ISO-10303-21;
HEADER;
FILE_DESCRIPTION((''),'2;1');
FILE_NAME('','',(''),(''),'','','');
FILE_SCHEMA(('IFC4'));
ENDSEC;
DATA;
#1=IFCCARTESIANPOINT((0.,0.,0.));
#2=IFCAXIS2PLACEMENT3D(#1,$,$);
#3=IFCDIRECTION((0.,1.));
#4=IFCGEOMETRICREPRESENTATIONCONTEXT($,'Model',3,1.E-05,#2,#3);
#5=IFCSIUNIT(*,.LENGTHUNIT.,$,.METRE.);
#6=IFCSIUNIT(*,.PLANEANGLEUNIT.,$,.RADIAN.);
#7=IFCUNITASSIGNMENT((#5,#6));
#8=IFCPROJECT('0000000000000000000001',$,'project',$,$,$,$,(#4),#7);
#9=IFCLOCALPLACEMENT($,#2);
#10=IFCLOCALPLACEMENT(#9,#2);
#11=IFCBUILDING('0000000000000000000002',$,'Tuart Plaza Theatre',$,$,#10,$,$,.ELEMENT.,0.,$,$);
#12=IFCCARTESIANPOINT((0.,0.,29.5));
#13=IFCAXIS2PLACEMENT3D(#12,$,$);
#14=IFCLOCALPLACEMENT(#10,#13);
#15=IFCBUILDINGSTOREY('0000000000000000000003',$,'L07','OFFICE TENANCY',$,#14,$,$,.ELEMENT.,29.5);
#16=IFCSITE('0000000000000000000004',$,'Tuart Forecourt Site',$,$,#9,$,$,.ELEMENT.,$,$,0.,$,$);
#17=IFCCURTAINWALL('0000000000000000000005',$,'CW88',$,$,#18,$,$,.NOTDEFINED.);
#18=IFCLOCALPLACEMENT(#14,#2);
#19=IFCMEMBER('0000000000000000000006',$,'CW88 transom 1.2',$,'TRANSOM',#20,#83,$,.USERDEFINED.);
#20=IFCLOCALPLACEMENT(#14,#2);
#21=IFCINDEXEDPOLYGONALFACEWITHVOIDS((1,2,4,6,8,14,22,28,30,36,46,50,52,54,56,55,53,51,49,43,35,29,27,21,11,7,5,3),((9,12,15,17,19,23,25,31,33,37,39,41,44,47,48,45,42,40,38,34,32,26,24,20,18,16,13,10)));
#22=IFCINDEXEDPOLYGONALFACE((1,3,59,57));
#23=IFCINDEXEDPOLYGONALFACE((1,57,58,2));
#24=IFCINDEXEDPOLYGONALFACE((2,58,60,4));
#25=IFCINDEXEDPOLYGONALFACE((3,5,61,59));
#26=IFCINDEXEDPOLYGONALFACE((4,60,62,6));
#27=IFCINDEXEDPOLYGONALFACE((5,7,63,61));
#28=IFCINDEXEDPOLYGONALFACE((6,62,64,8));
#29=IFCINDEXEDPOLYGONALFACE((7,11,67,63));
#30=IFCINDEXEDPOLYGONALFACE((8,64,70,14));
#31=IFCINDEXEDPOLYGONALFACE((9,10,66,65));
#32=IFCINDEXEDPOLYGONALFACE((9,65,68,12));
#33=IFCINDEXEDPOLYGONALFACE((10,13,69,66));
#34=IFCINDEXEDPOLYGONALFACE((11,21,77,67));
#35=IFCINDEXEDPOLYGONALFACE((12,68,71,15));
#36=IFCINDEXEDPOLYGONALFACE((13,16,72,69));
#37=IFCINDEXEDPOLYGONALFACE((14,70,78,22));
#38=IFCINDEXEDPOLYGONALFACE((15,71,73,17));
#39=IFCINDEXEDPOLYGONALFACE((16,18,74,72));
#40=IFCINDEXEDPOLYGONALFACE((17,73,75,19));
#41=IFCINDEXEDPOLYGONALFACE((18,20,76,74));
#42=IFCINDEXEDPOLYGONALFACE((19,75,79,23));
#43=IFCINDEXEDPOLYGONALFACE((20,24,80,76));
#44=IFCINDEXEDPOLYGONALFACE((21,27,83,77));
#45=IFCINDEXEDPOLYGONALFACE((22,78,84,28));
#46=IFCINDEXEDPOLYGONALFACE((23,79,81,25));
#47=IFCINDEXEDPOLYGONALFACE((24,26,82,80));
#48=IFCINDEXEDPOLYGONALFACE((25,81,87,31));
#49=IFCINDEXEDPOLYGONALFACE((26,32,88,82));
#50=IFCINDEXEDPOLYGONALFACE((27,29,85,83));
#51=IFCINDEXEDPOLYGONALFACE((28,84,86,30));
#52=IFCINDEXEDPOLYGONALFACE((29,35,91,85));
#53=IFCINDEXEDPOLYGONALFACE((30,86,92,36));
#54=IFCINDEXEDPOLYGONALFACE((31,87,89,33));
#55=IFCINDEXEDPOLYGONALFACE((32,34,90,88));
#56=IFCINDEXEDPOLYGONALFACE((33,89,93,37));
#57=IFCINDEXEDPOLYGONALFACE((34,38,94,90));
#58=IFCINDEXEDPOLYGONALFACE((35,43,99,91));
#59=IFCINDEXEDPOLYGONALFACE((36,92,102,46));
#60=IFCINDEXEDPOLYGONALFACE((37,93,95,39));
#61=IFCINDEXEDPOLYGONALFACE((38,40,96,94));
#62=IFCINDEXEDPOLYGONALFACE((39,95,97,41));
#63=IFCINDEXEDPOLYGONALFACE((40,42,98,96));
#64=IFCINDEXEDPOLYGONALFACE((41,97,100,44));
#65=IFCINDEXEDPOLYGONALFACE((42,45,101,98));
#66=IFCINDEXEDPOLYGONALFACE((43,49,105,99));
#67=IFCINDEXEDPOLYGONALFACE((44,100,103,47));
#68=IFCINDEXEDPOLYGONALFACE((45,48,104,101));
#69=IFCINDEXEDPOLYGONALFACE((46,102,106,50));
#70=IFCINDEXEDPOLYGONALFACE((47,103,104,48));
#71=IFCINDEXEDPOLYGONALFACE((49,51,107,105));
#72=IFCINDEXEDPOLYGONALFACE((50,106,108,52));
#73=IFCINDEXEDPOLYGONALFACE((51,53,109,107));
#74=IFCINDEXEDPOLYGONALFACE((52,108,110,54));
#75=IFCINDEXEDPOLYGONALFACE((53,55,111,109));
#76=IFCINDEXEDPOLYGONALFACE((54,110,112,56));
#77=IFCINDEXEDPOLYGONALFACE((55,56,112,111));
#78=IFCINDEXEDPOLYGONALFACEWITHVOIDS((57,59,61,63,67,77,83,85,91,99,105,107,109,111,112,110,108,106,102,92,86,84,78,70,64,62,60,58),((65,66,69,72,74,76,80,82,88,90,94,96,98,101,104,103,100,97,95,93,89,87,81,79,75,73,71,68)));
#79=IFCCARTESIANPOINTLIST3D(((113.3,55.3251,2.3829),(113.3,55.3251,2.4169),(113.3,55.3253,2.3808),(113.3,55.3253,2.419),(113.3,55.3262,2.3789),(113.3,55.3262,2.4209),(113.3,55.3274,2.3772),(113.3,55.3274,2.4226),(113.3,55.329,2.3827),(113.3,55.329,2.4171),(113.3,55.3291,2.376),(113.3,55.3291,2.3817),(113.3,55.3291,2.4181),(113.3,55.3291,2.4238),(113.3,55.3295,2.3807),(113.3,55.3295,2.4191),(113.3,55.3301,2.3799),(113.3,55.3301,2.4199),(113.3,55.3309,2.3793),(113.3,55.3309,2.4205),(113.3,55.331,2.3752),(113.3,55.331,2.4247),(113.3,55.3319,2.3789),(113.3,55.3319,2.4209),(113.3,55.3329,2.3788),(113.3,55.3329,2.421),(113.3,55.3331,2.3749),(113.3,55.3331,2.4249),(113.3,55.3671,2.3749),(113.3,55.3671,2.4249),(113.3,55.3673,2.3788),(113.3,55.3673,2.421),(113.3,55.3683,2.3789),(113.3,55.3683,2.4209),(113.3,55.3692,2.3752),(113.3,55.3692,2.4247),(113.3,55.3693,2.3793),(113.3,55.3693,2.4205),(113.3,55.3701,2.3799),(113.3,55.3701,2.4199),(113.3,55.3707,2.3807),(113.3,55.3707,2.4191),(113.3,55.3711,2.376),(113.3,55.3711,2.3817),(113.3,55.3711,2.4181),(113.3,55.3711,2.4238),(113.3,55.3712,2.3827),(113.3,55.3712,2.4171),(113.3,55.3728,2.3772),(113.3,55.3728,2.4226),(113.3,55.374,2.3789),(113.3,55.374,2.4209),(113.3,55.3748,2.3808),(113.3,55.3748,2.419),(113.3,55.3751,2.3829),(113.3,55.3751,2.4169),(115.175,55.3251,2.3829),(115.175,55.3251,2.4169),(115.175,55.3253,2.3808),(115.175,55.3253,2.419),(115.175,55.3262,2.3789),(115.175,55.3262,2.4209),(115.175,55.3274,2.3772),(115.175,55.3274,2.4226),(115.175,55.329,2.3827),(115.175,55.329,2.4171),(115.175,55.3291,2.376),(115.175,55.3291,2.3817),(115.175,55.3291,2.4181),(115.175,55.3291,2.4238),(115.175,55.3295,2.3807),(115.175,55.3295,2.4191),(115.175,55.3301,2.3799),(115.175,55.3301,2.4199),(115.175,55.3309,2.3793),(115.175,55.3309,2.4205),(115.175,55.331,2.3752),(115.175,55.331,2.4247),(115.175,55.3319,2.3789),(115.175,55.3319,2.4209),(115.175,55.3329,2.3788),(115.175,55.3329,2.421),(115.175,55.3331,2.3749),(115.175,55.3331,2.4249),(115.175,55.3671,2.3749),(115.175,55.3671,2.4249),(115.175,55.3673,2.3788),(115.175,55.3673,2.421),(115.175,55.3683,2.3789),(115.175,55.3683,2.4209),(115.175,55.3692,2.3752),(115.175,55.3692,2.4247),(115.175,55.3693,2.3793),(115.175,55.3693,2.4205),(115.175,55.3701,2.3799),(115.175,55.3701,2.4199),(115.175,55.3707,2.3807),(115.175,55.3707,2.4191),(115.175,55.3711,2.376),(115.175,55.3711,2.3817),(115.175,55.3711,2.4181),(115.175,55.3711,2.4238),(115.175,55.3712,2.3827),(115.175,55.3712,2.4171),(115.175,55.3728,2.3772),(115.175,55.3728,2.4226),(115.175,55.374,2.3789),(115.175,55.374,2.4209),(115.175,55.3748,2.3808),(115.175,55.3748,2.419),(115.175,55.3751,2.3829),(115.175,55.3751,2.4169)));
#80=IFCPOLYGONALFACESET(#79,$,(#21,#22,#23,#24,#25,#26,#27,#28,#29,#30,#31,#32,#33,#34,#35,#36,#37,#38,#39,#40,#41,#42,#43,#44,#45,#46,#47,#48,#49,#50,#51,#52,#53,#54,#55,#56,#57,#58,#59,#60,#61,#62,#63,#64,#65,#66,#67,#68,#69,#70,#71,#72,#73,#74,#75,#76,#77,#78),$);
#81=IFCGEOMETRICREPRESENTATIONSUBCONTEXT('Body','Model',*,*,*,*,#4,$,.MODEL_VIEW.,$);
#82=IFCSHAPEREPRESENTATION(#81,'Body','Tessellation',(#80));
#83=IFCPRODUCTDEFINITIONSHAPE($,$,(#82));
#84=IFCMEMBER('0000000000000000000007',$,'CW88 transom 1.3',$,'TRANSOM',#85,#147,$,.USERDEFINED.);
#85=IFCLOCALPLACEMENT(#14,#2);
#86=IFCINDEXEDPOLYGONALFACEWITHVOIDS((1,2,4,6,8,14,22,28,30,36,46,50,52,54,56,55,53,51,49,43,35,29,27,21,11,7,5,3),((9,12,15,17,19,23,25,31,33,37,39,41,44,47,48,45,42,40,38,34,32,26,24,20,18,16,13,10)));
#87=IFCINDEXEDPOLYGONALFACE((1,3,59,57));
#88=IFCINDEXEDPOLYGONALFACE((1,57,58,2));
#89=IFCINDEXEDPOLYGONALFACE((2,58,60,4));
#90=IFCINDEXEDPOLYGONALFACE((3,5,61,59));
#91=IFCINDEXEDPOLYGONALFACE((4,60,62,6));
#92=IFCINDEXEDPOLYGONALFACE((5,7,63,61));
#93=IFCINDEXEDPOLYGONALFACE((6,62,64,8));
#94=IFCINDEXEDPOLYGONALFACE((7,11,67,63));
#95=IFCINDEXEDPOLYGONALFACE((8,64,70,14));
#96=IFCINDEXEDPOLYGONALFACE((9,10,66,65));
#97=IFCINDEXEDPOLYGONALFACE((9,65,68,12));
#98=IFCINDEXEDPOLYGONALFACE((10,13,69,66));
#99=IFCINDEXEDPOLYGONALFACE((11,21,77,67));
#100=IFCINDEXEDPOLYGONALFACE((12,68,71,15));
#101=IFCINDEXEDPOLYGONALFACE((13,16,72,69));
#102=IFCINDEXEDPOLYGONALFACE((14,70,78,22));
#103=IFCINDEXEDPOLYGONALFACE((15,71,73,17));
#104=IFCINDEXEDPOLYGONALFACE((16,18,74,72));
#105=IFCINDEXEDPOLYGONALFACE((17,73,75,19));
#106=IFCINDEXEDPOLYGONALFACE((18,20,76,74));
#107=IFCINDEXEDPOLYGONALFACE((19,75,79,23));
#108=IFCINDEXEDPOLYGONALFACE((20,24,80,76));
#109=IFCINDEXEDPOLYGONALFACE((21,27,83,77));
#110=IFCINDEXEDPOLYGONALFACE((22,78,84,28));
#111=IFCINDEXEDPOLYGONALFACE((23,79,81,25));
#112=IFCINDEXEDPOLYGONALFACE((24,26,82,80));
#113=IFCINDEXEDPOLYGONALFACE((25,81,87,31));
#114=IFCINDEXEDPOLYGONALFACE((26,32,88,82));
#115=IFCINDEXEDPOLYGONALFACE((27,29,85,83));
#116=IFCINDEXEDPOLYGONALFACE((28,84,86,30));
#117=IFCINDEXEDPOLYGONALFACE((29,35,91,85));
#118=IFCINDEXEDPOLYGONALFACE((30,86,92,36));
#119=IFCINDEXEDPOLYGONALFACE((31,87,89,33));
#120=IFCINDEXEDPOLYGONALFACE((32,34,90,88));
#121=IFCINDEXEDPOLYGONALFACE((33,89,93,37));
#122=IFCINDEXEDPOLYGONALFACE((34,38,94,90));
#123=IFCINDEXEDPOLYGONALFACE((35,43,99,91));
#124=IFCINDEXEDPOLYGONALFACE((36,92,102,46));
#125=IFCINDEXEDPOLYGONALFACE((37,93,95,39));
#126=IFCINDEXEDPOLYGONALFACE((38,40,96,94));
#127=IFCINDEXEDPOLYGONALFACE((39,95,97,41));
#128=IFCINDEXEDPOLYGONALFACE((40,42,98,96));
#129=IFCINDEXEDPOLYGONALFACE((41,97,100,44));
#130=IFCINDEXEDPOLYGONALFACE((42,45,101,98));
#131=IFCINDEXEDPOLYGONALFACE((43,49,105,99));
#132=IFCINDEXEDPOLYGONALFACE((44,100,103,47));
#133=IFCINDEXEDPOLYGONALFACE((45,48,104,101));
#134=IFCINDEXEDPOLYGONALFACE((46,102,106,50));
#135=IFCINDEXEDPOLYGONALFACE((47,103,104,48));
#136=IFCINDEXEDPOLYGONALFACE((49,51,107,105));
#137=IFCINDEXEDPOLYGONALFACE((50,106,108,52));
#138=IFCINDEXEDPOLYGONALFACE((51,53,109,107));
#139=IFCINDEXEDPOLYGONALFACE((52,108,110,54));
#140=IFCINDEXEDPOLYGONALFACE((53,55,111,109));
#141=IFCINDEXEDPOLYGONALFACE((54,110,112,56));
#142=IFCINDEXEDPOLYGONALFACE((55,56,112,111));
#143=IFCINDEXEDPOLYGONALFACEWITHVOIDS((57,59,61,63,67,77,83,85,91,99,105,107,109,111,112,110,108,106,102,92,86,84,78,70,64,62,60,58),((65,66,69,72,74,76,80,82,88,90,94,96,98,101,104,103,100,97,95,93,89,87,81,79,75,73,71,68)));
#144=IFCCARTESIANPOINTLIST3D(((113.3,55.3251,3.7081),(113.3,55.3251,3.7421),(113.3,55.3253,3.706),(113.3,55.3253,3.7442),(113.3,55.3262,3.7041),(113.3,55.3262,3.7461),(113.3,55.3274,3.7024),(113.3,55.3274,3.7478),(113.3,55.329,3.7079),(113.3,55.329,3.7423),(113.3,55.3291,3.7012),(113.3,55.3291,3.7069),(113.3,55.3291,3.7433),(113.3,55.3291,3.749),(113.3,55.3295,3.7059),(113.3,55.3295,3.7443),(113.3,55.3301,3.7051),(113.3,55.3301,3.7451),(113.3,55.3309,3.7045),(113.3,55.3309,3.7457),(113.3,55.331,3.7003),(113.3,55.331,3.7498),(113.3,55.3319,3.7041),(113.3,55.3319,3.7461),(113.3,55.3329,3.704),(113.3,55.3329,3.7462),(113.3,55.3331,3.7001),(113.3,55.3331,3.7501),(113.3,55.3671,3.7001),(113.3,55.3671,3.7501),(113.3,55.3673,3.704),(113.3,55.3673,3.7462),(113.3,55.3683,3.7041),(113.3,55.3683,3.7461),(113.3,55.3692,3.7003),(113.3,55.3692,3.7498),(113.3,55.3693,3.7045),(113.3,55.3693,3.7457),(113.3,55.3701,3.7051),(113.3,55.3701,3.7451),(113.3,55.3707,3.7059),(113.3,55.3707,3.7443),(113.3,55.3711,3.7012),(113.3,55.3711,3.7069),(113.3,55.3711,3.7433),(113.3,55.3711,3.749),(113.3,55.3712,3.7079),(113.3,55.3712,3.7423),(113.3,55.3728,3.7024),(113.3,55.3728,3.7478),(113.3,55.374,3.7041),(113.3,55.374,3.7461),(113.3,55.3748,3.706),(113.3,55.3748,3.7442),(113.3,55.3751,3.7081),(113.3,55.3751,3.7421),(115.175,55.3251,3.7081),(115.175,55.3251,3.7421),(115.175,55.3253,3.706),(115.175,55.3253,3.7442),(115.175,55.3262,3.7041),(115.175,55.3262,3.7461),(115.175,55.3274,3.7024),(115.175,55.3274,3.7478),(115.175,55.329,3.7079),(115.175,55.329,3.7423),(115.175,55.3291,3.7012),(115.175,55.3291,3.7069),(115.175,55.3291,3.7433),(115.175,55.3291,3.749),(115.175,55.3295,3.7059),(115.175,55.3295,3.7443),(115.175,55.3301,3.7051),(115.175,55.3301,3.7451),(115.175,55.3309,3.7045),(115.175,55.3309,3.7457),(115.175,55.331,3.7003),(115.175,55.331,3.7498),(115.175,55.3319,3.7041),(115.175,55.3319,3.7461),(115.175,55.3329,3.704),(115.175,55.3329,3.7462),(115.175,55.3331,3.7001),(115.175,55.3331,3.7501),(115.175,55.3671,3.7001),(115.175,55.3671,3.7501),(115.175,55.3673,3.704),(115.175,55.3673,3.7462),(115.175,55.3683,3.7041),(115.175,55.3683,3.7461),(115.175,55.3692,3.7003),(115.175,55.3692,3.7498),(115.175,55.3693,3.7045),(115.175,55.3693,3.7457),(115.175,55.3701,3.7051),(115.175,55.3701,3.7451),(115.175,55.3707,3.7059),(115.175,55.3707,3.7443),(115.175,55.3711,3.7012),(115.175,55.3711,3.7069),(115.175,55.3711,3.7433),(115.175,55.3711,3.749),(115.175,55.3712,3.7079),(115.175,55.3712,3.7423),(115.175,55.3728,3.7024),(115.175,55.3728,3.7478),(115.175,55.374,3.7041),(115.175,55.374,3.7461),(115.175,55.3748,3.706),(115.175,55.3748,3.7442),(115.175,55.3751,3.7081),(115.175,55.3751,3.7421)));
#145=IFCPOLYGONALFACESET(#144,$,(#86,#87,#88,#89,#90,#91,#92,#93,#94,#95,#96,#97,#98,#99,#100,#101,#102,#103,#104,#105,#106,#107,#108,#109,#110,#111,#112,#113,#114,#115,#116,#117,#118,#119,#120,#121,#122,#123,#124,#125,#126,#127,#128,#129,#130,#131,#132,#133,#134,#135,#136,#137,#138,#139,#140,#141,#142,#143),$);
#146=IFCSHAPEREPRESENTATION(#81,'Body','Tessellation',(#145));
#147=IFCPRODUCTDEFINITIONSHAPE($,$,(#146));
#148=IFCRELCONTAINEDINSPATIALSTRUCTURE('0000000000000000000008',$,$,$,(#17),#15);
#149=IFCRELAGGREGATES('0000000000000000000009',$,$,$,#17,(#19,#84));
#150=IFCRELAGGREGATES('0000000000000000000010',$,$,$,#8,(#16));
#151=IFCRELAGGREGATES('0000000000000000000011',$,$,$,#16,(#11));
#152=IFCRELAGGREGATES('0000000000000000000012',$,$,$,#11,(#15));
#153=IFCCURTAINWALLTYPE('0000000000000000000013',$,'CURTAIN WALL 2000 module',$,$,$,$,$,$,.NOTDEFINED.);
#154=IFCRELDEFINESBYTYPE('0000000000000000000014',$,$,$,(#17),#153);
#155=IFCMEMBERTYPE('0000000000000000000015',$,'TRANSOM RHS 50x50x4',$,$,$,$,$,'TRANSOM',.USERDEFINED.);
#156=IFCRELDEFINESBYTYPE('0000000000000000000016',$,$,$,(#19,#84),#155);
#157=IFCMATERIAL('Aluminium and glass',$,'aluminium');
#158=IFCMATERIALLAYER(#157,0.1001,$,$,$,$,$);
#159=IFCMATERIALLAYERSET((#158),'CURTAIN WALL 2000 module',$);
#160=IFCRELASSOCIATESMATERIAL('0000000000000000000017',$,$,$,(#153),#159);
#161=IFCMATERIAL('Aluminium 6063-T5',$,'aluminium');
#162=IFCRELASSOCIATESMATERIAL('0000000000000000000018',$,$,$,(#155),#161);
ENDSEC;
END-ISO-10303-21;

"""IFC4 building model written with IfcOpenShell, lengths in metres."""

from ifc_helpers import new_model, si_unit, direction, frame, origin, origin_2d, place, context, subcontext, project, spatial, hollow_rectangle, extrude, material, layer, layer_set, material_profile, profile_set, type_object, element, aggregate, save


model = new_model("IFC4")

# Units and contexts
model_context = context("Model", 3, precision=1e-05, world=origin(), true_north=direction((0.0, 1.0)))
body_context = subcontext(model_context, "Body", "Model", "MODEL_VIEW")
ifc_project = project(units=[si_unit("LENGTHUNIT", "METRE"), si_unit("PLANEANGLEUNIT", "RADIAN")], contexts=[model_context])

# Site, building, storey
site_placement = place(None, origin())
site = spatial("IfcSite", under=ifc_project, at=site_placement, Name="Tuart Forecourt Site", CompositionType="ELEMENT", RefElevation=0.0)
building_placement = place(site_placement, origin())
building = spatial("IfcBuilding", under=site, at=building_placement, Name="Tuart Plaza Theatre", CompositionType="ELEMENT", ElevationOfRefHeight=0.0)
storey_placement = place(building_placement, frame((0.0, 0.0, 29.5)))
storey = spatial("IfcBuildingStorey", under=building, at=storey_placement, Name="L07", Description="OFFICE TENANCY", CompositionType="ELEMENT", Elevation=29.5)

# Curtain wall
ifc_material_1 = material(Name="Aluminium and glass", Category="aluminium")
ifc_layer_1 = layer(ifc_material_1, 0.1001)
ifc_layer_set_1 = layer_set([ifc_layer_1], Name="CURTAIN WALL 2000 module")
curtain_wall_type = type_object("IfcCurtainWallType", Name="CURTAIN WALL 2000 module", PredefinedType="NOTDEFINED", material=ifc_layer_set_1)
curtain_wall_1_placement = place(storey_placement, origin())
curtain_wall_1 = element("IfcCurtainWall", 1, at=curtain_wall_1_placement, inside=storey, type_object=curtain_wall_type, Name="CW88", PredefinedType="NOTDEFINED")

# Members
ifc_material_2 = material(Name="Aluminium 6063-T5", Category="aluminium")
ifc_material_profile_1 = material_profile(ifc_material_2, hollow_rectangle(XDim=0.05, YDim=0.05, WallThickness=0.0039, InnerFilletRadius=0.0039, OuterFilletRadius=0.0081, at=origin_2d()), Name="RHS 50x50x4")
ifc_profile_set_1 = profile_set([ifc_material_profile_1], Name="Aluminium 6063-T5")
member_type_1 = type_object("IfcMemberType", Name="TRANSOM RHS 50x50x4", ElementType="TRANSOM", PredefinedType="USERDEFINED", material=ifc_profile_set_1)
member_1_placement = place(storey_placement, frame((113.3, 55.3501, 2.3999), z_axis=(1.0, 0.0, 0.0), x_axis=(0.0, 1.0, 0.0)))
member_1 = element("IfcMember", 2, at=member_1_placement, type_object=member_type_1, Name="CW88 transom 1.2", ObjectType="TRANSOM", PredefinedType="USERDEFINED", context=body_context, shape_type="SweptSolid", body=[
    extrude(hollow_rectangle(XDim=0.05, YDim=0.05, WallThickness=0.0039, InnerFilletRadius=0.0039, OuterFilletRadius=0.0081, at=origin_2d()), origin(), (0.0, 0.0, 1.0), 1.875),
])
member_2_placement = place(storey_placement, frame((113.3, 55.3501, 3.7251), z_axis=(1.0, 0.0, 0.0), x_axis=(0.0, 1.0, 0.0)))
member_2 = element("IfcMember", 3, at=member_2_placement, type_object=member_type_1, Name="CW88 transom 1.3", ObjectType="TRANSOM", PredefinedType="USERDEFINED", context=body_context, shape_type="SweptSolid", body=[
    extrude(hollow_rectangle(XDim=0.05, YDim=0.05, WallThickness=0.0039, InnerFilletRadius=0.0039, OuterFilletRadius=0.0081, at=origin_2d()), origin(), (0.0, 0.0, 1.0), 1.875),
])

aggregate(curtain_wall_1, [member_1, member_2])

save(model, "model.ifc")
